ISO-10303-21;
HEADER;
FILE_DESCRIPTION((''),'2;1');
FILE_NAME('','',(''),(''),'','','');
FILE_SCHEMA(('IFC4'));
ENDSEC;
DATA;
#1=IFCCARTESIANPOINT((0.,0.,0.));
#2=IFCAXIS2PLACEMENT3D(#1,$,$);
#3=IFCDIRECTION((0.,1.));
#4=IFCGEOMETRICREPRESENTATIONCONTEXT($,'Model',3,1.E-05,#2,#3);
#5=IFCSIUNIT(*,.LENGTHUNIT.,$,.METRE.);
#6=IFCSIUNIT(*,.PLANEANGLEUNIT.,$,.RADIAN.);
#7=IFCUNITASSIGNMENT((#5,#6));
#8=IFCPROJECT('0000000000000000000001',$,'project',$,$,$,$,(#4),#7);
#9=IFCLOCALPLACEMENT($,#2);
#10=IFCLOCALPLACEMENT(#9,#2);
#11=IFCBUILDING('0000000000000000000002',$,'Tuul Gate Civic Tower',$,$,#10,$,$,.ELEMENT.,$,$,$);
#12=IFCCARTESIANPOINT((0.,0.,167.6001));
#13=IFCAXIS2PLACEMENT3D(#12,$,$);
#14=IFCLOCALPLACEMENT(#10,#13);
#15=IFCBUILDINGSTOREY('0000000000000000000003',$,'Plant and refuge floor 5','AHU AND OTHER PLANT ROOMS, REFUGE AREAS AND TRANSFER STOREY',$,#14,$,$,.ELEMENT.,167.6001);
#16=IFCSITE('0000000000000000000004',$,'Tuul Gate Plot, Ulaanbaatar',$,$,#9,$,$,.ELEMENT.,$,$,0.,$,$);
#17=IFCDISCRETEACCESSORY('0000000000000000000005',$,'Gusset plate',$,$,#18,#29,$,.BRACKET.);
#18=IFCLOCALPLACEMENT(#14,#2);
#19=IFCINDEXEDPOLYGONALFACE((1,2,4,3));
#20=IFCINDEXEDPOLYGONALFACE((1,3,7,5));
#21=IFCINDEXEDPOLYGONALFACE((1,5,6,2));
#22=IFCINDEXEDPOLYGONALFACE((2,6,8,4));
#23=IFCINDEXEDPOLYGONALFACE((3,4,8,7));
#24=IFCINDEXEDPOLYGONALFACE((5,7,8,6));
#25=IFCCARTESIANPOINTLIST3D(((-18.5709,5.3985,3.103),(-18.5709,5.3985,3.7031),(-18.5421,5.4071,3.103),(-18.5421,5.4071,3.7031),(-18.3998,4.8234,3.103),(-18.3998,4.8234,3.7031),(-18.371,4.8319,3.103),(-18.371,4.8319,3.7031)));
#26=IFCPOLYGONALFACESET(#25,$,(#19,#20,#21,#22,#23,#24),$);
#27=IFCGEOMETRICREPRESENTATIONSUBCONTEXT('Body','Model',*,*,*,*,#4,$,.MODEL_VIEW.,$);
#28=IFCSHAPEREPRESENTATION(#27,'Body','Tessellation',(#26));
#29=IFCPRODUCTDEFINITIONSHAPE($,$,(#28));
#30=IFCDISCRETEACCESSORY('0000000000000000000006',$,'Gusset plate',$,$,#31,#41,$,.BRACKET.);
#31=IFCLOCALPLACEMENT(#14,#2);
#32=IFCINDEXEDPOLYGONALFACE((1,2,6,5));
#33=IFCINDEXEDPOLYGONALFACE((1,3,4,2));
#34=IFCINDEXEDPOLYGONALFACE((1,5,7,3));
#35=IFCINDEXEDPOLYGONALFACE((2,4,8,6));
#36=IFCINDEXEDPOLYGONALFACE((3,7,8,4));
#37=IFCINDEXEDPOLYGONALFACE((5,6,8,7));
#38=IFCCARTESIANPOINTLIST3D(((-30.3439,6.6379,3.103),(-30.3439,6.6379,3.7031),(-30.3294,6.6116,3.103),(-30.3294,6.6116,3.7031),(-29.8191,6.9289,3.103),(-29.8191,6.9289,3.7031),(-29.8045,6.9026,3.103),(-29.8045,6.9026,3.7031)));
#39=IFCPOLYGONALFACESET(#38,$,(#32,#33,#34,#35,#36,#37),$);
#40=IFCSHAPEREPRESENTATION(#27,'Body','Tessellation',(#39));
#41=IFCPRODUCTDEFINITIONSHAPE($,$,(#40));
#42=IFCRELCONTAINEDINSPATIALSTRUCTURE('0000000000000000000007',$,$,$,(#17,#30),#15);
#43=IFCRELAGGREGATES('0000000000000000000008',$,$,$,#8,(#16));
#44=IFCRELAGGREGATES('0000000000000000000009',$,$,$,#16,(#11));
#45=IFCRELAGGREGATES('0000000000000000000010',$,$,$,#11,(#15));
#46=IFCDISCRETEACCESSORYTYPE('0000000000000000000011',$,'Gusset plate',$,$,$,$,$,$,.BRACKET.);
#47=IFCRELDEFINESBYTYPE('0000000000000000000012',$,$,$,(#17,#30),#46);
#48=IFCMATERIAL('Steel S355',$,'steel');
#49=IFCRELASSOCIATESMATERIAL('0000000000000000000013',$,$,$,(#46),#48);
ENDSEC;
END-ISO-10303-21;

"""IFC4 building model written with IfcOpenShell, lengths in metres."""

from ifc_helpers import new_model, si_unit, direction, frame, origin, origin_2d, place, context, subcontext, project, spatial, rectangle, extrude, material, type_object, element, save


model = new_model("IFC4")

# Units and contexts
model_context = context("Model", 3, precision=1e-05, world=origin(), true_north=direction((0.0, 1.0)))
body_context = subcontext(model_context, "Body", "Model", "MODEL_VIEW")
ifc_project = project(units=[si_unit("LENGTHUNIT", "METRE"), si_unit("PLANEANGLEUNIT", "RADIAN")], contexts=[model_context])

# Site, building, storey
site_placement = place(None, origin())
site = spatial("IfcSite", under=ifc_project, at=site_placement, Name="Tuul Gate Plot, Ulaanbaatar", CompositionType="ELEMENT", RefElevation=0.0)
building_placement = place(site_placement, origin())
building = spatial("IfcBuilding", under=site, at=building_placement, Name="Tuul Gate Civic Tower", CompositionType="ELEMENT")
storey_placement = place(building_placement, frame((0.0, 0.0, 167.6001)))
storey = spatial("IfcBuildingStorey", under=building, at=storey_placement, Name="Plant and refuge floor 5", Description="AHU AND OTHER PLANT ROOMS, REFUGE AREAS AND TRANSFER STOREY", CompositionType="ELEMENT", Elevation=167.6001)

# Discrete accessories
ifc_material_1 = material(Name="Steel S355", Category="steel")
discrete_accessory_type = type_object("IfcDiscreteAccessoryType", Name="Gusset plate", PredefinedType="BRACKET", material=ifc_material_1)
for number, where, z_axis, x_axis, name in (
    (1, (-18.4709, 5.1152, 3.103), (0.0, 0.0, 1.0), (-0.285212, 0.958464, 0.0), "Gusset plate"),
    (2, (-30.0742, 6.7703, 3.103), (0.0, 0.0, 1.0), (-0.874585, -0.484871, 0.0), "Gusset plate"),
):
    element("IfcDiscreteAccessory", number, at=place(storey_placement, frame(where, z_axis=z_axis, x_axis=x_axis)), inside=storey, type_object=discrete_accessory_type, Name=name, PredefinedType="BRACKET", context=body_context, shape_type="SweptSolid", body=[
        extrude(rectangle(XDim=0.6001, YDim=0.03, at=origin_2d()), origin(), (0.0, 0.0, 1.0), 0.6001),
    ])

save(model, "model.ifc")
